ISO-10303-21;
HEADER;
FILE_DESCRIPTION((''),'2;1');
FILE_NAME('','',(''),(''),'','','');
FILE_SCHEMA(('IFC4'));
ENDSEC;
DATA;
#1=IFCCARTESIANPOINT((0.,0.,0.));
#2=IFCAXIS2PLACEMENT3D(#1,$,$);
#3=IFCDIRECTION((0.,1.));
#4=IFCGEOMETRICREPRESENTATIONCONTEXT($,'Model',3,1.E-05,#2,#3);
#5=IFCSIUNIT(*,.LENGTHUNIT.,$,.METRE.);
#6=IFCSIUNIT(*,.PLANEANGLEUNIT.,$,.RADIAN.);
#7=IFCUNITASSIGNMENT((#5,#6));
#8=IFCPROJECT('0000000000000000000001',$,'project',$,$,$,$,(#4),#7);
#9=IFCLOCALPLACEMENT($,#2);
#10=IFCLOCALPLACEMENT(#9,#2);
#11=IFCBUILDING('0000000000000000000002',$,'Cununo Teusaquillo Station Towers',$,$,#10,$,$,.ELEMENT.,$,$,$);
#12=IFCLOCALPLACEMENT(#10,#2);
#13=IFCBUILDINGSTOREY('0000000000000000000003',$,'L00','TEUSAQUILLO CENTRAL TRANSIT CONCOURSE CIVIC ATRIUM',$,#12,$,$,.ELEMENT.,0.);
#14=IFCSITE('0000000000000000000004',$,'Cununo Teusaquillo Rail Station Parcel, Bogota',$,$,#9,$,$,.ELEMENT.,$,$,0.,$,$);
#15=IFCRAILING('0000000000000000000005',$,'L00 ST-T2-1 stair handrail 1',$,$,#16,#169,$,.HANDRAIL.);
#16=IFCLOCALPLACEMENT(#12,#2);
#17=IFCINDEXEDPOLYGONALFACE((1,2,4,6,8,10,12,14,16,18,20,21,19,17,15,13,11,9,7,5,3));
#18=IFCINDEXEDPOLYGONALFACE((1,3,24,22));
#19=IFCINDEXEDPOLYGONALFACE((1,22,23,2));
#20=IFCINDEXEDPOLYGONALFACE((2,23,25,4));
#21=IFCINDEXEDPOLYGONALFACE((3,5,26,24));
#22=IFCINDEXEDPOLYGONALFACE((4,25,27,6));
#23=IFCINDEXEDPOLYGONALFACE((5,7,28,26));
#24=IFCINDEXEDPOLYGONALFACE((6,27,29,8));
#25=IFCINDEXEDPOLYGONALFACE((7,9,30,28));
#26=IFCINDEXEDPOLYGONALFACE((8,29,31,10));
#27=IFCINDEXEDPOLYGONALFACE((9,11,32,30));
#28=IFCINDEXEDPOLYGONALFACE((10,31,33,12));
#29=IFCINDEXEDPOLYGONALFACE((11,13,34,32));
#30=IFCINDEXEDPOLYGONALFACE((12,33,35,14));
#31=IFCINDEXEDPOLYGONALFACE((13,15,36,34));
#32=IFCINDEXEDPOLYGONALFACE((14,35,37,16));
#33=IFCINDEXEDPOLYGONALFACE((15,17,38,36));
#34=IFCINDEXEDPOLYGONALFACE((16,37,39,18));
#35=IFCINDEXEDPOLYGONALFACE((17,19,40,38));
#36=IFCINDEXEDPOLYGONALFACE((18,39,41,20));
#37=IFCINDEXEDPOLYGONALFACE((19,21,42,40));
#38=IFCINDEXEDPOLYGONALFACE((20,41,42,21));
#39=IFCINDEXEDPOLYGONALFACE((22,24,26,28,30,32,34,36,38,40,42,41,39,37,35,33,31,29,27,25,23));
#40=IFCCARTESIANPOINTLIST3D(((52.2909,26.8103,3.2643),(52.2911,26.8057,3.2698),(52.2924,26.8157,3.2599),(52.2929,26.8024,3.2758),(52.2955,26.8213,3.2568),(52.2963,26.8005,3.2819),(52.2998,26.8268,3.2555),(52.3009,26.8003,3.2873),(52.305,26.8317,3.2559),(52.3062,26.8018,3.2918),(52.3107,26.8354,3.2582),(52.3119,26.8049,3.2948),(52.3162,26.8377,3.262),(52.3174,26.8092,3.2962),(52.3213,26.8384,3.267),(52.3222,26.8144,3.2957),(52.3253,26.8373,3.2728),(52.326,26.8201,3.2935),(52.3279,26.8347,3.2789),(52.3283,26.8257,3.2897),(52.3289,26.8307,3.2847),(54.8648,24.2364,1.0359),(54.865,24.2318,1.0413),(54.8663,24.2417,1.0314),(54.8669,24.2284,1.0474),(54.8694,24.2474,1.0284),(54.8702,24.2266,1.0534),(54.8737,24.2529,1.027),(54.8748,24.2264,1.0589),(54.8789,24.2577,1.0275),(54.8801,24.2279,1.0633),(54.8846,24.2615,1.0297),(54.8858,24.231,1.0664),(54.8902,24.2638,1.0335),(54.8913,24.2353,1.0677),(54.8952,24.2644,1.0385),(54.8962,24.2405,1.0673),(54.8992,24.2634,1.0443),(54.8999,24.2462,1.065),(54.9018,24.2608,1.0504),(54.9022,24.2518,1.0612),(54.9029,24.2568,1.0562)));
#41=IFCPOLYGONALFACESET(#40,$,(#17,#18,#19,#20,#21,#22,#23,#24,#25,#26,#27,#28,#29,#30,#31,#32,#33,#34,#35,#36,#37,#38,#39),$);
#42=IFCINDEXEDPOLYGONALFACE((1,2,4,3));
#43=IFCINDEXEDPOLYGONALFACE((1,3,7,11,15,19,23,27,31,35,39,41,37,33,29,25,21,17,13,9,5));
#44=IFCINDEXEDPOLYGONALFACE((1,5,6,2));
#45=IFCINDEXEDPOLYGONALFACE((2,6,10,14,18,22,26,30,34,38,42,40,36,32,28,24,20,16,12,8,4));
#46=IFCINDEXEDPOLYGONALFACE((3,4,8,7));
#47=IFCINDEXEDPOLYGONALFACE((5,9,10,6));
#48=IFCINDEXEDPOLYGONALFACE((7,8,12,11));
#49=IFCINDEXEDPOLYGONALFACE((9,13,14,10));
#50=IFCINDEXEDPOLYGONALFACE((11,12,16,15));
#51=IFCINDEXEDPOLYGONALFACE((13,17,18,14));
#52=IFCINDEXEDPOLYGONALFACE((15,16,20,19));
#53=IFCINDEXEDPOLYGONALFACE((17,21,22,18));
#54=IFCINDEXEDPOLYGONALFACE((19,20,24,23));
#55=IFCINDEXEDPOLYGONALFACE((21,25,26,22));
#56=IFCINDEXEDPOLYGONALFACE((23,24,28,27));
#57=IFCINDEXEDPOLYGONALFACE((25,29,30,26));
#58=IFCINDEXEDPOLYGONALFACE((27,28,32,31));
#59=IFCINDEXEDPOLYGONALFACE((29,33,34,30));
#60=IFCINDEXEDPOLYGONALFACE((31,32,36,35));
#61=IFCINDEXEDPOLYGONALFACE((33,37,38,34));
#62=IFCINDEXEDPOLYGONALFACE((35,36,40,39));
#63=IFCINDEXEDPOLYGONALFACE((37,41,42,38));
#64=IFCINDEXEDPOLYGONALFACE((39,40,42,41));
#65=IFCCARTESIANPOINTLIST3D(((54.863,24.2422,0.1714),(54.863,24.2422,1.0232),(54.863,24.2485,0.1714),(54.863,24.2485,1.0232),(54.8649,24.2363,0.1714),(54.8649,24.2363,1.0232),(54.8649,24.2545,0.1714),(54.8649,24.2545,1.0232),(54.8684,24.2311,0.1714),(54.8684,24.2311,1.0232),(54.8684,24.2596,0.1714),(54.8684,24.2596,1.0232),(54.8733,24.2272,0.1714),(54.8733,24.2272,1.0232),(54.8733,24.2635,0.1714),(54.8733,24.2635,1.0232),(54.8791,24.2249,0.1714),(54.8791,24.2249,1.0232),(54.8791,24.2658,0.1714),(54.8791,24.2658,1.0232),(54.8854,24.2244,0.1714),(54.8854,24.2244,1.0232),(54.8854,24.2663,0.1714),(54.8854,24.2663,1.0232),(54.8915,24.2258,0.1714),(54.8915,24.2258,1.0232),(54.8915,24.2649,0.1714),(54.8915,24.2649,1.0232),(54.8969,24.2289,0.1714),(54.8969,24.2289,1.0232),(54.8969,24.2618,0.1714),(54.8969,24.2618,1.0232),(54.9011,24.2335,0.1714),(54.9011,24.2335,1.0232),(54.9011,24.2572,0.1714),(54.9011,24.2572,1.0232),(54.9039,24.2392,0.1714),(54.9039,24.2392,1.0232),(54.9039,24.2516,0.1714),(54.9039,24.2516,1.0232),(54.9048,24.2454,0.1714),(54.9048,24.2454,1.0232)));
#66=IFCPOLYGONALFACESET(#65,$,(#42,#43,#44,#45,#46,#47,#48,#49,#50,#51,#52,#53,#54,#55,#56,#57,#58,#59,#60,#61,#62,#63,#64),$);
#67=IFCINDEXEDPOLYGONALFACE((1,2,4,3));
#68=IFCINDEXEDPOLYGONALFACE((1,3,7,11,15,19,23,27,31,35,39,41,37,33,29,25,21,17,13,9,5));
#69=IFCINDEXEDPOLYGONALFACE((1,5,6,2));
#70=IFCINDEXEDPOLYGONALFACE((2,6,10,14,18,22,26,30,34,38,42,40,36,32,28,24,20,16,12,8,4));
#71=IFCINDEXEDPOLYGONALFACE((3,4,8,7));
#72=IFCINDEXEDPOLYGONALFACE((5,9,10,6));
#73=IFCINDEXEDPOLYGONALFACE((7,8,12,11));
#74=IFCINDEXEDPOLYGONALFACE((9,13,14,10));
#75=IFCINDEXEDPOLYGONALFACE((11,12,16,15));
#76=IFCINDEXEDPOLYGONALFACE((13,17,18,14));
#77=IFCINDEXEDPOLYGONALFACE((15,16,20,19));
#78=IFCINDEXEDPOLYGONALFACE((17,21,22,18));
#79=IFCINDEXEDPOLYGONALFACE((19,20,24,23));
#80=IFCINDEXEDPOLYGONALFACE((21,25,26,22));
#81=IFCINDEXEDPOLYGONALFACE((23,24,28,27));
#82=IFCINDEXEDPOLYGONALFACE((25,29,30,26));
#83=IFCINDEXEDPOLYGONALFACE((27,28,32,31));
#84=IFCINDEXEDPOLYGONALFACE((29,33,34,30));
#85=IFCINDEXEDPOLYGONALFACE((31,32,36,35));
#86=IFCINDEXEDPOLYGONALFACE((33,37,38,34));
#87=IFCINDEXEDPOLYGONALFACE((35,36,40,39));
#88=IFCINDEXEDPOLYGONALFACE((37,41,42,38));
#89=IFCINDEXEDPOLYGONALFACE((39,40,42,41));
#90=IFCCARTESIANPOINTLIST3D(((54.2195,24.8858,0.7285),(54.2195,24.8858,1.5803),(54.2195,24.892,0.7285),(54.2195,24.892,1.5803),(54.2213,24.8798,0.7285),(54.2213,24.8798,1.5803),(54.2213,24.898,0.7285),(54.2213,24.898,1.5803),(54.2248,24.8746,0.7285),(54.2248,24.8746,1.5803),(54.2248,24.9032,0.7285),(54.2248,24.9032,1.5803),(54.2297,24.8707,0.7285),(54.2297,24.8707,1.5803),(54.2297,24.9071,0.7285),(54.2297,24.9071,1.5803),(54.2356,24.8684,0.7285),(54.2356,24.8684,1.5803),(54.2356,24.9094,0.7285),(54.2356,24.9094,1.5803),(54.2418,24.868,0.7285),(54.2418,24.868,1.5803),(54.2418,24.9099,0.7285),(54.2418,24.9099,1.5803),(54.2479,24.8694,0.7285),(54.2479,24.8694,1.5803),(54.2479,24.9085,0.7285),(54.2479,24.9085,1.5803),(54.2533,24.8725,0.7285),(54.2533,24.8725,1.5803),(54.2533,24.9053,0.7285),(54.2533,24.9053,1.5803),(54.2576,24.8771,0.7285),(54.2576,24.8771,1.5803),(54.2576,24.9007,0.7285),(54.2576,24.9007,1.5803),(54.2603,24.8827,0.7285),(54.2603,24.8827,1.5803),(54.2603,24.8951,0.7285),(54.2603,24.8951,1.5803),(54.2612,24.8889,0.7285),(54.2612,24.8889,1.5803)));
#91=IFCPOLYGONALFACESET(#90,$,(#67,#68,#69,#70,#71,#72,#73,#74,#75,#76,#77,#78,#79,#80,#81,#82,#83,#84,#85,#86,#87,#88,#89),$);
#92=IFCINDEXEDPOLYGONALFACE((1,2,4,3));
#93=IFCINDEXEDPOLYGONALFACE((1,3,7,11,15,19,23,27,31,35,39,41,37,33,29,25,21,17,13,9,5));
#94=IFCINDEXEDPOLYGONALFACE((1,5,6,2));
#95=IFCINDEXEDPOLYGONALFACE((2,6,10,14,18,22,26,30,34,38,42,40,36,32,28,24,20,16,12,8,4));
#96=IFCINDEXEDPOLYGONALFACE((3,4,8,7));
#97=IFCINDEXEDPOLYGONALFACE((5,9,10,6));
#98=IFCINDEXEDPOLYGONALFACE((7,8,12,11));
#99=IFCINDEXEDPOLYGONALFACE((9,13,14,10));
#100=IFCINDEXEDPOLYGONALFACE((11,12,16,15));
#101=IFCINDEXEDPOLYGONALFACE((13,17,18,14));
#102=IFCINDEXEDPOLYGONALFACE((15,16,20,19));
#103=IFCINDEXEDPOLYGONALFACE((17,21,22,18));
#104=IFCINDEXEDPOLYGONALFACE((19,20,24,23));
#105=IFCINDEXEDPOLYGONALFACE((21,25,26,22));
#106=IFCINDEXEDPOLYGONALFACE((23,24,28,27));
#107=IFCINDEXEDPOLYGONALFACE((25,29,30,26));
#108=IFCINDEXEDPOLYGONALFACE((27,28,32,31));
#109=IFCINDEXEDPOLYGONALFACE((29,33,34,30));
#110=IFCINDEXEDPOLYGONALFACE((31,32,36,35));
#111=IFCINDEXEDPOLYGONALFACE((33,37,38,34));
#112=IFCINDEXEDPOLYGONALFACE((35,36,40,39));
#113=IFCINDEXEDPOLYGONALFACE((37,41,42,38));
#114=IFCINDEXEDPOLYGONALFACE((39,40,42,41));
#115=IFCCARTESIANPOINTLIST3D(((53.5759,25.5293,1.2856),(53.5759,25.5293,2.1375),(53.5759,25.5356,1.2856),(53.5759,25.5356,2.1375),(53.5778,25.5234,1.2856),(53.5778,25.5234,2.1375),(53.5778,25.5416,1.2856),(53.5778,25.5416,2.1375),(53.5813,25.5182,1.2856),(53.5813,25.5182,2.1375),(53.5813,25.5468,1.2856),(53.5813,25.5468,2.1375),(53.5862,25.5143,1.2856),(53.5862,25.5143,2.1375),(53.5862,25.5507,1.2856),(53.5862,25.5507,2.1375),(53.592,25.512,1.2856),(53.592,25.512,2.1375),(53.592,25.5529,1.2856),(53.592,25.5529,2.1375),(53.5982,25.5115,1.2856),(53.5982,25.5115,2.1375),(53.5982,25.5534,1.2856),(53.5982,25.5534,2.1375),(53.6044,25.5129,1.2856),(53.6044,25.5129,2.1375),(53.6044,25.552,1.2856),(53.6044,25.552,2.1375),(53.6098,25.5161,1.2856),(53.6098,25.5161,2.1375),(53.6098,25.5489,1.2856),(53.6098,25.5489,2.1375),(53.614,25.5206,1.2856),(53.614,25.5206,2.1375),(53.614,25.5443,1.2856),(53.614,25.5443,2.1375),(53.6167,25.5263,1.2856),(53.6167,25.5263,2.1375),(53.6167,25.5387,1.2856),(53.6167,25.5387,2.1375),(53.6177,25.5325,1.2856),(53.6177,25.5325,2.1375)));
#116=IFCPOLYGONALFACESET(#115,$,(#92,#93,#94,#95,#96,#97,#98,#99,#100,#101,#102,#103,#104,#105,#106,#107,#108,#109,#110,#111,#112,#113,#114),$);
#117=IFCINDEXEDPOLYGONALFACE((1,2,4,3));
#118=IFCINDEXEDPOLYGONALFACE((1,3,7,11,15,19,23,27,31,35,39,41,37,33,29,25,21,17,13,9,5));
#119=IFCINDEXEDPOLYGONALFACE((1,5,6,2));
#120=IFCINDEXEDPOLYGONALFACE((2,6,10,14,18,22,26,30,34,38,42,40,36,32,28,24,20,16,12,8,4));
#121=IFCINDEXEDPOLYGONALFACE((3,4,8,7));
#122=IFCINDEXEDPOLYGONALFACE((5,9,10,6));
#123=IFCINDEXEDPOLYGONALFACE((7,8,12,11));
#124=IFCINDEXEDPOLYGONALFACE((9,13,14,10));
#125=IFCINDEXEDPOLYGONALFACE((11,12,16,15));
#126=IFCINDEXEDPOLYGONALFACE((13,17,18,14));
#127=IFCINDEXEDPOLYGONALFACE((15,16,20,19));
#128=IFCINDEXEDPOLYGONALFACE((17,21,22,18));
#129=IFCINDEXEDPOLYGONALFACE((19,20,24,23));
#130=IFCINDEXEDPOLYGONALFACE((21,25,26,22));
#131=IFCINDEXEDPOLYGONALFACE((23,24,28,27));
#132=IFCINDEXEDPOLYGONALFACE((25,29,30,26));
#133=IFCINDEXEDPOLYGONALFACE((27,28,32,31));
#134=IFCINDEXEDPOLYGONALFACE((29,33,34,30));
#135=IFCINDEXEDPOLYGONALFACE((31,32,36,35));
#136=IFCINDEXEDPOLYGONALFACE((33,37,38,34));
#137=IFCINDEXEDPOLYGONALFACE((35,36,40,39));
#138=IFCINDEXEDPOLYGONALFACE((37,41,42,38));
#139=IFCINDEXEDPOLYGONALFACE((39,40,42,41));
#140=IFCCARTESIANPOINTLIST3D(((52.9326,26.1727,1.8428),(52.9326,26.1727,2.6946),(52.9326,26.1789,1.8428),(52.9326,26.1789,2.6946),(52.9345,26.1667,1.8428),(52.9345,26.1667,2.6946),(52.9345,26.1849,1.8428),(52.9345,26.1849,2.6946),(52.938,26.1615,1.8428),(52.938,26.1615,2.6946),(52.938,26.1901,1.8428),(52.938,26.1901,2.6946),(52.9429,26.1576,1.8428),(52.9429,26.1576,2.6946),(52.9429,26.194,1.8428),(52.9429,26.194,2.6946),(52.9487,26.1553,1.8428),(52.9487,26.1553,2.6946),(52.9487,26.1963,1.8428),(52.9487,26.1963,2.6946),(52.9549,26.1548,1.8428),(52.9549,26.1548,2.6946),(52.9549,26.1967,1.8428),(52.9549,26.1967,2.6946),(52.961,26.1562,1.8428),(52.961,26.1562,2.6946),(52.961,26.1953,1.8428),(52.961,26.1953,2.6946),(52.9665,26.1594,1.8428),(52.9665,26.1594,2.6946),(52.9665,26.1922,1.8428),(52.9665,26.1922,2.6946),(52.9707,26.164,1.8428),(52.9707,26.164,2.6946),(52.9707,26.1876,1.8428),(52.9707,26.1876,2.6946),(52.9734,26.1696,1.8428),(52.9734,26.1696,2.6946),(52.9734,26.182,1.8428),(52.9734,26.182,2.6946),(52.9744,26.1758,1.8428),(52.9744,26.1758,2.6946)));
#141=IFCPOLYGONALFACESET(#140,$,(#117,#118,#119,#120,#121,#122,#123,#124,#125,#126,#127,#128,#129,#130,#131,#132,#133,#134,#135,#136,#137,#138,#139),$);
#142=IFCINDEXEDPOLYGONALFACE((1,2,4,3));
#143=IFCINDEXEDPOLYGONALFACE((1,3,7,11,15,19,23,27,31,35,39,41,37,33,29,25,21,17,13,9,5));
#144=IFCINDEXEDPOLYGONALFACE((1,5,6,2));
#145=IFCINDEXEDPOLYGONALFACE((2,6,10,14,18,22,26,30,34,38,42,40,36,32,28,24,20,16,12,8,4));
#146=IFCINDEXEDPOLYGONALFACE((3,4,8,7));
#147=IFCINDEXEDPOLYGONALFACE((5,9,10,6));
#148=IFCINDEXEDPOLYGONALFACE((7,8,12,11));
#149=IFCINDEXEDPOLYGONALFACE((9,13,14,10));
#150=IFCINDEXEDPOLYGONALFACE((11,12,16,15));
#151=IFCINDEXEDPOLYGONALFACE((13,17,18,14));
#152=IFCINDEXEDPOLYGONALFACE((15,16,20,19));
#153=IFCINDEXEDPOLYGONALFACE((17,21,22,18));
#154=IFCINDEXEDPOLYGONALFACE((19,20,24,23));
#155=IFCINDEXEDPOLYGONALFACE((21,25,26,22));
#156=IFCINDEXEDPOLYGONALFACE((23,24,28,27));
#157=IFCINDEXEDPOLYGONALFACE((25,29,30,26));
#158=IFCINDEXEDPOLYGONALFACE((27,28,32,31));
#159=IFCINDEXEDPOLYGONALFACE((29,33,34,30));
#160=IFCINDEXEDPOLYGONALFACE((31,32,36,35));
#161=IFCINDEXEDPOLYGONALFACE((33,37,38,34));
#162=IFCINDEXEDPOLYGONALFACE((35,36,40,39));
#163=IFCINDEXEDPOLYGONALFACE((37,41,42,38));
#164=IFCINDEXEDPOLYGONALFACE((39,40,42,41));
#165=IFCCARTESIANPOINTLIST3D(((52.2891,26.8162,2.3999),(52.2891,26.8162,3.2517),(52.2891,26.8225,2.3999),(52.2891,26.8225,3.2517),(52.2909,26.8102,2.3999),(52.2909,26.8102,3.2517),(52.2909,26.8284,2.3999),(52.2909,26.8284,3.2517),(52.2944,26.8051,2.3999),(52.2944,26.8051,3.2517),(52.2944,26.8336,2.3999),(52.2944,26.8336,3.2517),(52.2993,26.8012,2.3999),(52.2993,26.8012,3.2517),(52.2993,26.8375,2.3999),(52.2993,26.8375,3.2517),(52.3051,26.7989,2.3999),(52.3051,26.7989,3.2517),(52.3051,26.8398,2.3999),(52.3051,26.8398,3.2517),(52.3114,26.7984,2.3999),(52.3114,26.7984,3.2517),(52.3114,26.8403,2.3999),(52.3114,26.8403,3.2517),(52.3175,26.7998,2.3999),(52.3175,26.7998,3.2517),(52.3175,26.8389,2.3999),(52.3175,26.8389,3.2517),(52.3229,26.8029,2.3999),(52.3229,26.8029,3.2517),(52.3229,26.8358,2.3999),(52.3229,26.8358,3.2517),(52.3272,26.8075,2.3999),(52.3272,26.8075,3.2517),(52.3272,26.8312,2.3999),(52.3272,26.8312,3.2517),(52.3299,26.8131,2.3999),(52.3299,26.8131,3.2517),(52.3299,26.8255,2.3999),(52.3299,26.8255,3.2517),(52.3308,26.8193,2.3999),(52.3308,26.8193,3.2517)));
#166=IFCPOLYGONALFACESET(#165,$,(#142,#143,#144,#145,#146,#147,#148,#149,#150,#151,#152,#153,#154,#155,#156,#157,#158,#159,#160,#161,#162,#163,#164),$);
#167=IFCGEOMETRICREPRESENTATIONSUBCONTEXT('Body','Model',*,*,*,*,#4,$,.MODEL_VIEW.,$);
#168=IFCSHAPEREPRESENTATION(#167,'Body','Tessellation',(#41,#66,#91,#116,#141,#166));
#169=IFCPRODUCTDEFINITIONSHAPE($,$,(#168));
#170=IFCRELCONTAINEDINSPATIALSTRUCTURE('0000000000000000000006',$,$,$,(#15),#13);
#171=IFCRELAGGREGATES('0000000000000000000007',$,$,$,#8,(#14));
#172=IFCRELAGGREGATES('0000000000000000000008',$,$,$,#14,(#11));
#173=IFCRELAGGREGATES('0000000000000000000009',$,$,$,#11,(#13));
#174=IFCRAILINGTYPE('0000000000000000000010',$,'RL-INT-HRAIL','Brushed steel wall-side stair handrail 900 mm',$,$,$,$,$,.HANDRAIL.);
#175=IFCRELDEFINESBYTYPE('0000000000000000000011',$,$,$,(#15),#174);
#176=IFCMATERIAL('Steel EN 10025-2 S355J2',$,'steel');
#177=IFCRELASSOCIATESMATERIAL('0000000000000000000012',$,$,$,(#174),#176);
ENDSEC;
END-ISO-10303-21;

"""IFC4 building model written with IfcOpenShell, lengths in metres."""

from ifc_helpers import new_model, si_unit, direction, frame, origin, origin_2d, place, context, subcontext, project, spatial, circle, extrude, material, type_object, element, save


model = new_model("IFC4")

# Units and contexts
model_context = context("Model", 3, precision=1e-05, world=origin(), true_north=direction((0.0, 1.0)))
body_context = subcontext(model_context, "Body", "Model", "MODEL_VIEW")
ifc_project = project(units=[si_unit("LENGTHUNIT", "METRE"), si_unit("PLANEANGLEUNIT", "RADIAN")], contexts=[model_context])

# Site, building, storey
site_placement = place(None, origin())
site = spatial("IfcSite", under=ifc_project, at=site_placement, Name="Cununo Teusaquillo Rail Station Parcel, Bogota", CompositionType="ELEMENT", RefElevation=0.0)
building_placement = place(site_placement, origin())
building = spatial("IfcBuilding", under=site, at=building_placement, Name="Cununo Teusaquillo Station Towers", CompositionType="ELEMENT")
storey_placement = place(building_placement, origin())
storey = spatial("IfcBuildingStorey", under=building, at=storey_placement, Name="L00", Description="TEUSAQUILLO CENTRAL TRANSIT CONCOURSE CIVIC ATRIUM", CompositionType="ELEMENT", Elevation=0.0)

# Railing
ifc_material_1 = material(Name="Steel EN 10025-2 S355J2", Category="steel")
railing_type_1 = type_object("IfcRailingType", Name="RL-INT-HRAIL", Description="Brushed steel wall-side stair handrail 900 mm", PredefinedType="HANDRAIL", material=ifc_material_1)
railing_1_placement = place(storey_placement, frame((54.8838, 24.2454, 0.1714)))
element("IfcRailing", 1, at=railing_1_placement, inside=storey, type_object=railing_type_1, Name="L00 ST-T2-1 stair handrail 1", PredefinedType="HANDRAIL", context=body_context, shape_type="SweptSolid", body=[
    extrude(circle(Radius=0.0239, at=origin_2d()), frame((0.0, 0.0, 0.876), z_axis=(-0.603068, 0.603068, 0.522129), x_axis=(-0.707107, -0.707107, 0.0)), (0.0, 0.0, 1.0), 4.2681),
    extrude(circle(Radius=0.021, at=origin_2d()), origin(), (0.0, 0.0, 1.0), 0.8518),
    extrude(circle(Radius=0.021, at=origin_2d()), frame((-0.6436, 0.6436, 0.5571)), (0.0, 0.0, 1.0), 0.8518),
    extrude(circle(Radius=0.021, at=origin_2d()), frame((-1.2871, 1.2871, 1.1143)), (0.0, 0.0, 1.0), 0.8518),
    extrude(circle(Radius=0.021, at=origin_2d()), frame((-1.9304, 1.9304, 1.6714)), (0.0, 0.0, 1.0), 0.8518),
    extrude(circle(Radius=0.021, at=origin_2d()), frame((-2.574, 2.574, 2.2285)), (0.0, 0.0, 1.0), 0.8518),
])

save(model, "model.ifc")
